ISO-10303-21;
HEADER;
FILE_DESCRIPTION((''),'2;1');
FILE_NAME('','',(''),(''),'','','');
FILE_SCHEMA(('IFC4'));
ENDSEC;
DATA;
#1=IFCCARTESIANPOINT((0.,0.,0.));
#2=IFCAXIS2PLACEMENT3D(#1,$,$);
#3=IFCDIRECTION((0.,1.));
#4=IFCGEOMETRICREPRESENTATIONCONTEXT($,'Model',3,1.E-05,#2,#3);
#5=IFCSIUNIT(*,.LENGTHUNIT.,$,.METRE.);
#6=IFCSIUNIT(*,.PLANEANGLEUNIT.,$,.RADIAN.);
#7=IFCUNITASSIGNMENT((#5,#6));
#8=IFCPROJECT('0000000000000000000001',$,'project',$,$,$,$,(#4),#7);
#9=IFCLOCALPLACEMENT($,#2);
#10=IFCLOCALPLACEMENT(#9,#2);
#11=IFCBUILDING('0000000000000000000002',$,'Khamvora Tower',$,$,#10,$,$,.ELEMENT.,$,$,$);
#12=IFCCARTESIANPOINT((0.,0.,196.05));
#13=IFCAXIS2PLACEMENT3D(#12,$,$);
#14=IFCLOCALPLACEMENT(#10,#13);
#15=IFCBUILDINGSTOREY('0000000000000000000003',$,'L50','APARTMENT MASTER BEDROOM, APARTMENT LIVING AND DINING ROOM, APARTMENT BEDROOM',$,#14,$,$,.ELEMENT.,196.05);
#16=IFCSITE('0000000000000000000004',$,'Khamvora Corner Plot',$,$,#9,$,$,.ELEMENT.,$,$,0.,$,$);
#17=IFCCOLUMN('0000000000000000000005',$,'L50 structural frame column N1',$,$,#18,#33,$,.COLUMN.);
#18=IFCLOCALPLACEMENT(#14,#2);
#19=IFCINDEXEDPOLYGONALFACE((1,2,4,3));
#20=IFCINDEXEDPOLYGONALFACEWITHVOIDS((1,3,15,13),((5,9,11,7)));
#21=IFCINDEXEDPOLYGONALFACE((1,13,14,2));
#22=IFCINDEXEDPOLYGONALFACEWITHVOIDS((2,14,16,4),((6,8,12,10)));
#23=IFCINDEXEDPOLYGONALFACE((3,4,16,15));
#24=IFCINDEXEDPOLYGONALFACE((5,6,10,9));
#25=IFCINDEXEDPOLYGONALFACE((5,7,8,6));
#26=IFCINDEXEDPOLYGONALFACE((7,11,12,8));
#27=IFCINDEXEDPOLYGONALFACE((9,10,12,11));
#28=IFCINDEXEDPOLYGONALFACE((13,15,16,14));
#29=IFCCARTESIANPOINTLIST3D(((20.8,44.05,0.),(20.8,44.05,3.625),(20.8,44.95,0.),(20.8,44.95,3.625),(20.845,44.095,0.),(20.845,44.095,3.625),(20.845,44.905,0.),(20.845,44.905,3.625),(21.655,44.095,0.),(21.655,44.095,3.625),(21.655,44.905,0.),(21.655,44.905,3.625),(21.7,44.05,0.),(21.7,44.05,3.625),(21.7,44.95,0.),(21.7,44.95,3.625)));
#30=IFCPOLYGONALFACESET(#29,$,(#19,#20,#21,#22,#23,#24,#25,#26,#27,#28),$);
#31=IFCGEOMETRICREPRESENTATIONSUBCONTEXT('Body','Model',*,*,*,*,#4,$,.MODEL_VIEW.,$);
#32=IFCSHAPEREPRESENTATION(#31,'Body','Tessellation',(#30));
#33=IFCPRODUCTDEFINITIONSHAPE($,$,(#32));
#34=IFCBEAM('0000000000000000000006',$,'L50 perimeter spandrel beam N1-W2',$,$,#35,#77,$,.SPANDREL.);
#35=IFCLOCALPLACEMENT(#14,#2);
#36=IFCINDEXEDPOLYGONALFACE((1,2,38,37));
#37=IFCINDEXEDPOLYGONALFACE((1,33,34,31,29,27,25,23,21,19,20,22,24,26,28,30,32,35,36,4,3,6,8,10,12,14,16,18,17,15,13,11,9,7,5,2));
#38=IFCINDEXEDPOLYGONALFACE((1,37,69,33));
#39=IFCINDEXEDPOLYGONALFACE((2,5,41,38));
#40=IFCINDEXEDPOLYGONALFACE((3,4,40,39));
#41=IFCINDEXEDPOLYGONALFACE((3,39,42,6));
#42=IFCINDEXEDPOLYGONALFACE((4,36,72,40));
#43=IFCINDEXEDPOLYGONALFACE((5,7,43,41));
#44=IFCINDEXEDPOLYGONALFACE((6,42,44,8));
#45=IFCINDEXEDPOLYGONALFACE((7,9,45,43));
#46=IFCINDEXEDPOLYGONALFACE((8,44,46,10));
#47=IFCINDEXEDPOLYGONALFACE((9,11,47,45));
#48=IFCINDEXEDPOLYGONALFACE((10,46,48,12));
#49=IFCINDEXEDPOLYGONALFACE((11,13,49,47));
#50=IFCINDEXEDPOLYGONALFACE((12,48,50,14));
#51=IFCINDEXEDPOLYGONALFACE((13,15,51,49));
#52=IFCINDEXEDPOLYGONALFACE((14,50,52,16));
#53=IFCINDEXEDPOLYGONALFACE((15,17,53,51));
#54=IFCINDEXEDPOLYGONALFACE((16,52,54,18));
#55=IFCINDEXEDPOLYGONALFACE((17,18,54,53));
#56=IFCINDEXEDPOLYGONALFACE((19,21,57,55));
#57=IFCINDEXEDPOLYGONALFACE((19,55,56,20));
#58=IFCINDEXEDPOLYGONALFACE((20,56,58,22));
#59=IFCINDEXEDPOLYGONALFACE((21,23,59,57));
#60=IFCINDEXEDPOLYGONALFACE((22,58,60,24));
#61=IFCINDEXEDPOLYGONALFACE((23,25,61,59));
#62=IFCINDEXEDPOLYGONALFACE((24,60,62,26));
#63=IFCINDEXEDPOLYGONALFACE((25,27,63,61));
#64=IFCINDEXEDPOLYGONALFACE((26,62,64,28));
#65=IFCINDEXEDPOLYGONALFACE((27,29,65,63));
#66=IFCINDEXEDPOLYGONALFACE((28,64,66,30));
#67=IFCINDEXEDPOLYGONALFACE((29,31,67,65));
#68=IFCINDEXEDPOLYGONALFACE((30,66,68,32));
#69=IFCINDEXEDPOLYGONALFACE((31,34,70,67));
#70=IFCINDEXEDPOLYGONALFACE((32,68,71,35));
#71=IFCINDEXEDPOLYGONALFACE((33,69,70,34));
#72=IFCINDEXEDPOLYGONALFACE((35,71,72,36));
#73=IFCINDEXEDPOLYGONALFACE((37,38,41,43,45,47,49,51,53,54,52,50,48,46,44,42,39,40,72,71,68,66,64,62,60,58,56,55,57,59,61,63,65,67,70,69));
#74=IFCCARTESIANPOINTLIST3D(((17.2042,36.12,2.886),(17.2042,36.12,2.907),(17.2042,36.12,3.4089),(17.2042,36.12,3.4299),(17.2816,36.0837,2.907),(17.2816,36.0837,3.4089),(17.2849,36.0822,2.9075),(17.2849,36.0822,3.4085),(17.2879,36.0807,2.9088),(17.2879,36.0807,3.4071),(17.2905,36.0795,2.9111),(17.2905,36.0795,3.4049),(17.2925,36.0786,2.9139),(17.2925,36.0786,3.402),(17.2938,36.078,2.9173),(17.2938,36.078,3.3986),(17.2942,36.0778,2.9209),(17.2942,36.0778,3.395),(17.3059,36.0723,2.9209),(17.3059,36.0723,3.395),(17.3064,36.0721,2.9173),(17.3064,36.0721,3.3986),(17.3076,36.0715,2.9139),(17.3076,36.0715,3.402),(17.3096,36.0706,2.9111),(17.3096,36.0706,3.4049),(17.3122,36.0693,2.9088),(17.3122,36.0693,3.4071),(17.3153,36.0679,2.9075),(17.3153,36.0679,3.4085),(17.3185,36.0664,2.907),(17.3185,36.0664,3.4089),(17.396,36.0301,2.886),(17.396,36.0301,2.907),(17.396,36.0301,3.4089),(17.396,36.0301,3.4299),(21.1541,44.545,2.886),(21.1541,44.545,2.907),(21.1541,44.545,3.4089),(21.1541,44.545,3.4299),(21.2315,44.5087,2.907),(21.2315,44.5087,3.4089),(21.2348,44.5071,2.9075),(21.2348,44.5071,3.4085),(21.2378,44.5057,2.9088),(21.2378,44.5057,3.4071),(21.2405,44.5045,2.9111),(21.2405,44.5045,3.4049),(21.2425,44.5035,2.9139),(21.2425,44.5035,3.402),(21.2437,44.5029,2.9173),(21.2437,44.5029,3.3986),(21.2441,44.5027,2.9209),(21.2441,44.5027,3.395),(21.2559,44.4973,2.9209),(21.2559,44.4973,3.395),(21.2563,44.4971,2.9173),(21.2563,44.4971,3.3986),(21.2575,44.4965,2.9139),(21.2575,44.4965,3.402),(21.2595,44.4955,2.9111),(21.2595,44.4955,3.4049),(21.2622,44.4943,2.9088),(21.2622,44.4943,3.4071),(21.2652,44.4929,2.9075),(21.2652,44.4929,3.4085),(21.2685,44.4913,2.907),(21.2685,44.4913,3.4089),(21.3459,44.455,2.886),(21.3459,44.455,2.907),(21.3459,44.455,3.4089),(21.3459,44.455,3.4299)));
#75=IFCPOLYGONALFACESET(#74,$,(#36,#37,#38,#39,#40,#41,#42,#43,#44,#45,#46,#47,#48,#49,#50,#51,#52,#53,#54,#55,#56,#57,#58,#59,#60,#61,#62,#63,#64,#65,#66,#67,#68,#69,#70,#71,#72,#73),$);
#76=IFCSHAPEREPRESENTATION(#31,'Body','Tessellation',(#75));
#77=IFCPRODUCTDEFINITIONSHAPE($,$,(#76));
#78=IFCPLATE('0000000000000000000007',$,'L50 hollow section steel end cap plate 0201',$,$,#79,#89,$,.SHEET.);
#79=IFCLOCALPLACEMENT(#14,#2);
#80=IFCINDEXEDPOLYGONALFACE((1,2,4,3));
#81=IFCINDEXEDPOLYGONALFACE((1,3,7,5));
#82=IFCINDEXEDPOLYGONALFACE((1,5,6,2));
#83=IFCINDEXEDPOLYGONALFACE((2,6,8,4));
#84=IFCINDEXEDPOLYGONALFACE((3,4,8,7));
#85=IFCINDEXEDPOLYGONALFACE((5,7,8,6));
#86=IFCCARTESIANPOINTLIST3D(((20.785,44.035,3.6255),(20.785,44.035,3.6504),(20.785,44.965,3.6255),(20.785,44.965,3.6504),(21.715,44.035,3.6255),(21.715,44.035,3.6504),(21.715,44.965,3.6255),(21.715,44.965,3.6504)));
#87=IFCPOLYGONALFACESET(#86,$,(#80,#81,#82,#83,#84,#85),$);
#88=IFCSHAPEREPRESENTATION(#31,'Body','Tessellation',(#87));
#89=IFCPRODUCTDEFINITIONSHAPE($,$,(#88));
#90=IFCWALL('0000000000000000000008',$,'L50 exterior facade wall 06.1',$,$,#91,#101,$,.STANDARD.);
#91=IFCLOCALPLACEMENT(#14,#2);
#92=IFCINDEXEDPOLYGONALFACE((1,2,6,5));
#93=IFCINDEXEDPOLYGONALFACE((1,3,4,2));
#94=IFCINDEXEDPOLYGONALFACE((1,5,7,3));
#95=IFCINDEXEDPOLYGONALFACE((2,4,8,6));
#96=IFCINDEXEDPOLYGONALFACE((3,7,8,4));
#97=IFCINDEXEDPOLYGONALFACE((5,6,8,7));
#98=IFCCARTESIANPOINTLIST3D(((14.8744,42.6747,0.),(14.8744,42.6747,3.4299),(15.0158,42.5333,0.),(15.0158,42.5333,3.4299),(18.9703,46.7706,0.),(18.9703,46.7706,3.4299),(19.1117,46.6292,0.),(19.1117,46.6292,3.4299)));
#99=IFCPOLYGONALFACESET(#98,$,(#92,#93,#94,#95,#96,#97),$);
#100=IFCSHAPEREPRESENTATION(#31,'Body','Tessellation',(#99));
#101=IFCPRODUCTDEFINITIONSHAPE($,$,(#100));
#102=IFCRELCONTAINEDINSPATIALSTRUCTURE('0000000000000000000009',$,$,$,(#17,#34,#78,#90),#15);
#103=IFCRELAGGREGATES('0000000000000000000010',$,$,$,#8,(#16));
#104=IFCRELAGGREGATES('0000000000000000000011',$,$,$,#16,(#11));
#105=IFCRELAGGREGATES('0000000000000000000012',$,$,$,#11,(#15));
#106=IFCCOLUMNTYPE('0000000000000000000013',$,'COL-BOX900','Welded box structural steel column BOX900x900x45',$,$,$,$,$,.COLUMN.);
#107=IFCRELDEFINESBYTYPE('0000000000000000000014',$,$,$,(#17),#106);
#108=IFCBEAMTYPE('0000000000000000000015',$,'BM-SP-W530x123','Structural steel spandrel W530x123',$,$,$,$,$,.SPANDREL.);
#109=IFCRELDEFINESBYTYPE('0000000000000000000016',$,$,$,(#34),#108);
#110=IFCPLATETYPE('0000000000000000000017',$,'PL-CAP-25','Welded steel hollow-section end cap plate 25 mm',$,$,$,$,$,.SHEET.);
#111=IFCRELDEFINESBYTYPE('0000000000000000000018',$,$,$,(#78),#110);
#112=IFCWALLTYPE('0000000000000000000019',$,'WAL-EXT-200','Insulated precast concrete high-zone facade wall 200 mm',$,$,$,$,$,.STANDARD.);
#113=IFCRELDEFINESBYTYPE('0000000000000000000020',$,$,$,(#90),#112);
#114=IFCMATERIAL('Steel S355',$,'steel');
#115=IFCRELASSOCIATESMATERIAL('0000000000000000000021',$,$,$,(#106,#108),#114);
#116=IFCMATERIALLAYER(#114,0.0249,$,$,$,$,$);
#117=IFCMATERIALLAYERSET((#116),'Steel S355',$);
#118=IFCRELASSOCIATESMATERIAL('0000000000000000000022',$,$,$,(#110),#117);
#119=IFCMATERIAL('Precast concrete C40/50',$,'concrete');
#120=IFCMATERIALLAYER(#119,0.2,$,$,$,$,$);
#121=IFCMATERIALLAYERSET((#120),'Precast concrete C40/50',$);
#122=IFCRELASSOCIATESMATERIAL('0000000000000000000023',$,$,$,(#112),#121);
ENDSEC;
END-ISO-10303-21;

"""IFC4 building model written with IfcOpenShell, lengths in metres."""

from ifc_helpers import new_model, si_unit, direction, frame, frame_2d, origin, origin_2d, place, context, subcontext, project, spatial, rectangle, hollow_rectangle, i_section, extrude, material, layer, layer_set, material_profile, profile_set, type_object, element, save


model = new_model("IFC4")

# Units and contexts
model_context = context("Model", 3, precision=1e-05, world=origin(), true_north=direction((0.0, 1.0)))
body_context = subcontext(model_context, "Body", "Model", "MODEL_VIEW")
ifc_project = project(units=[si_unit("LENGTHUNIT", "METRE"), si_unit("PLANEANGLEUNIT", "RADIAN")], contexts=[model_context])

# Site, building, storey
site_placement = place(None, origin())
site = spatial("IfcSite", under=ifc_project, at=site_placement, Name="Khamvora Corner Plot", CompositionType="ELEMENT", RefElevation=0.0)
building_placement = place(site_placement, origin())
building = spatial("IfcBuilding", under=site, at=building_placement, Name="Khamvora Tower", CompositionType="ELEMENT")
storey_placement = place(building_placement, frame((0.0, 0.0, 196.05)))
storey = spatial("IfcBuildingStorey", under=building, at=storey_placement, Name="L50", Description="APARTMENT MASTER BEDROOM, APARTMENT LIVING AND DINING ROOM, APARTMENT BEDROOM", CompositionType="ELEMENT", Elevation=196.05)

# Column
ifc_material_1 = material(Name="Steel S355", Category="steel")
ifc_material_profile_1 = material_profile(ifc_material_1, hollow_rectangle(XDim=0.8999, YDim=0.8999, WallThickness=0.0449, at=origin_2d()), Name="BOX900x900x45")
ifc_profile_set_1 = profile_set([ifc_material_profile_1], Name="Steel S355")
column_type = type_object("IfcColumnType", Name="COL-BOX900", Description="Welded box structural steel column BOX900x900x45", PredefinedType="COLUMN", material=ifc_profile_set_1)
column_placement = place(storey_placement, frame((21.25, 44.5, 0.0), z_axis=(0.0, 0.0, 1.0), x_axis=(1.0, 0.0, 0.0)))
element("IfcColumn", 1, at=column_placement, inside=storey, type_object=column_type, Name="L50 structural frame column N1", PredefinedType="COLUMN", context=body_context, shape_type="SweptSolid", body=[
    extrude(hollow_rectangle(XDim=0.8999, YDim=0.8999, WallThickness=0.0449, at=origin_2d()), origin(), (0.0, 0.0, 1.0), 3.625),
])

# Beam
ifc_material_profile_2 = material_profile(ifc_material_1, i_section(OverallWidth=0.2119, OverallDepth=0.5439, WebThickness=0.0129, FlangeThickness=0.021, FilletRadius=0.0139, at=origin_2d()), Name="W530x123")
ifc_profile_set_2 = profile_set([ifc_material_profile_2], Name="Steel S355")
beam_type = type_object("IfcBeamType", Name="BM-SP-W530x123", Description="Structural steel spandrel W530x123", PredefinedType="SPANDREL", material=ifc_profile_set_2)
beam_placement = place(storey_placement, frame((21.25, 44.5, 3.158), z_axis=(-0.424496, -0.90543, 0.0), x_axis=(0.90543, -0.424496, 0.0)))
element("IfcBeam", 2, at=beam_placement, inside=storey, type_object=beam_type, Name="L50 perimeter spandrel beam N1-W2", PredefinedType="SPANDREL", context=body_context, shape_type="SweptSolid", body=[
    extrude(i_section(OverallWidth=0.2119, OverallDepth=0.5439, WebThickness=0.0129, FlangeThickness=0.021, FilletRadius=0.0139, at=origin_2d()), origin(), (0.0, 0.0, 1.0), 9.3049),
])

# Plate
ifc_layer_1 = layer(ifc_material_1, 0.0249)
ifc_layer_set_1 = layer_set([ifc_layer_1], Name="Steel S355")
plate_type = type_object("IfcPlateType", Name="PL-CAP-25", Description="Welded steel hollow-section end cap plate 25 mm", PredefinedType="SHEET", material=ifc_layer_set_1)
plate_placement = place(storey_placement, frame((21.25, 44.5, 3.6255), z_axis=(0.0, 0.0, 1.0), x_axis=(1.0, 0.0, 0.0)))
element("IfcPlate", 3, at=plate_placement, inside=storey, type_object=plate_type, Name="L50 hollow section steel end cap plate 0201", PredefinedType="SHEET", context=body_context, shape_type="SweptSolid", body=[
    extrude(rectangle(XDim=0.9299, YDim=0.9299, at=origin_2d()), origin(), (0.0, 0.0, 1.0), 0.0249),
])

# Wall
ifc_material_2 = material(Name="Precast concrete C40/50", Category="concrete")
ifc_layer_2 = layer(ifc_material_2, 0.2)
ifc_layer_set_2 = layer_set([ifc_layer_2], Name="Precast concrete C40/50")
wall_type_1 = type_object("IfcWallType", Name="WAL-EXT-200", Description="Insulated precast concrete high-zone facade wall 200 mm", PredefinedType="STANDARD", material=ifc_layer_set_2)
wall_1_placement = place(storey_placement, frame((14.9451, 42.604, 0.0), z_axis=(0.0, 0.0, 1.0), x_axis=(0.707107, 0.707107, 0.0)))
element("IfcWall", 4, at=wall_1_placement, inside=storey, type_object=wall_type_1, Name="L50 exterior facade wall 06.1", PredefinedType="STANDARD", context=body_context, shape_type="SweptSolid", body=[
    extrude(rectangle(XDim=5.7925, YDim=0.2, at=frame_2d((2.8962, 0.0))), origin(), (0.0, 0.0, 1.0), 3.4299),
])

save(model, "model.ifc")
